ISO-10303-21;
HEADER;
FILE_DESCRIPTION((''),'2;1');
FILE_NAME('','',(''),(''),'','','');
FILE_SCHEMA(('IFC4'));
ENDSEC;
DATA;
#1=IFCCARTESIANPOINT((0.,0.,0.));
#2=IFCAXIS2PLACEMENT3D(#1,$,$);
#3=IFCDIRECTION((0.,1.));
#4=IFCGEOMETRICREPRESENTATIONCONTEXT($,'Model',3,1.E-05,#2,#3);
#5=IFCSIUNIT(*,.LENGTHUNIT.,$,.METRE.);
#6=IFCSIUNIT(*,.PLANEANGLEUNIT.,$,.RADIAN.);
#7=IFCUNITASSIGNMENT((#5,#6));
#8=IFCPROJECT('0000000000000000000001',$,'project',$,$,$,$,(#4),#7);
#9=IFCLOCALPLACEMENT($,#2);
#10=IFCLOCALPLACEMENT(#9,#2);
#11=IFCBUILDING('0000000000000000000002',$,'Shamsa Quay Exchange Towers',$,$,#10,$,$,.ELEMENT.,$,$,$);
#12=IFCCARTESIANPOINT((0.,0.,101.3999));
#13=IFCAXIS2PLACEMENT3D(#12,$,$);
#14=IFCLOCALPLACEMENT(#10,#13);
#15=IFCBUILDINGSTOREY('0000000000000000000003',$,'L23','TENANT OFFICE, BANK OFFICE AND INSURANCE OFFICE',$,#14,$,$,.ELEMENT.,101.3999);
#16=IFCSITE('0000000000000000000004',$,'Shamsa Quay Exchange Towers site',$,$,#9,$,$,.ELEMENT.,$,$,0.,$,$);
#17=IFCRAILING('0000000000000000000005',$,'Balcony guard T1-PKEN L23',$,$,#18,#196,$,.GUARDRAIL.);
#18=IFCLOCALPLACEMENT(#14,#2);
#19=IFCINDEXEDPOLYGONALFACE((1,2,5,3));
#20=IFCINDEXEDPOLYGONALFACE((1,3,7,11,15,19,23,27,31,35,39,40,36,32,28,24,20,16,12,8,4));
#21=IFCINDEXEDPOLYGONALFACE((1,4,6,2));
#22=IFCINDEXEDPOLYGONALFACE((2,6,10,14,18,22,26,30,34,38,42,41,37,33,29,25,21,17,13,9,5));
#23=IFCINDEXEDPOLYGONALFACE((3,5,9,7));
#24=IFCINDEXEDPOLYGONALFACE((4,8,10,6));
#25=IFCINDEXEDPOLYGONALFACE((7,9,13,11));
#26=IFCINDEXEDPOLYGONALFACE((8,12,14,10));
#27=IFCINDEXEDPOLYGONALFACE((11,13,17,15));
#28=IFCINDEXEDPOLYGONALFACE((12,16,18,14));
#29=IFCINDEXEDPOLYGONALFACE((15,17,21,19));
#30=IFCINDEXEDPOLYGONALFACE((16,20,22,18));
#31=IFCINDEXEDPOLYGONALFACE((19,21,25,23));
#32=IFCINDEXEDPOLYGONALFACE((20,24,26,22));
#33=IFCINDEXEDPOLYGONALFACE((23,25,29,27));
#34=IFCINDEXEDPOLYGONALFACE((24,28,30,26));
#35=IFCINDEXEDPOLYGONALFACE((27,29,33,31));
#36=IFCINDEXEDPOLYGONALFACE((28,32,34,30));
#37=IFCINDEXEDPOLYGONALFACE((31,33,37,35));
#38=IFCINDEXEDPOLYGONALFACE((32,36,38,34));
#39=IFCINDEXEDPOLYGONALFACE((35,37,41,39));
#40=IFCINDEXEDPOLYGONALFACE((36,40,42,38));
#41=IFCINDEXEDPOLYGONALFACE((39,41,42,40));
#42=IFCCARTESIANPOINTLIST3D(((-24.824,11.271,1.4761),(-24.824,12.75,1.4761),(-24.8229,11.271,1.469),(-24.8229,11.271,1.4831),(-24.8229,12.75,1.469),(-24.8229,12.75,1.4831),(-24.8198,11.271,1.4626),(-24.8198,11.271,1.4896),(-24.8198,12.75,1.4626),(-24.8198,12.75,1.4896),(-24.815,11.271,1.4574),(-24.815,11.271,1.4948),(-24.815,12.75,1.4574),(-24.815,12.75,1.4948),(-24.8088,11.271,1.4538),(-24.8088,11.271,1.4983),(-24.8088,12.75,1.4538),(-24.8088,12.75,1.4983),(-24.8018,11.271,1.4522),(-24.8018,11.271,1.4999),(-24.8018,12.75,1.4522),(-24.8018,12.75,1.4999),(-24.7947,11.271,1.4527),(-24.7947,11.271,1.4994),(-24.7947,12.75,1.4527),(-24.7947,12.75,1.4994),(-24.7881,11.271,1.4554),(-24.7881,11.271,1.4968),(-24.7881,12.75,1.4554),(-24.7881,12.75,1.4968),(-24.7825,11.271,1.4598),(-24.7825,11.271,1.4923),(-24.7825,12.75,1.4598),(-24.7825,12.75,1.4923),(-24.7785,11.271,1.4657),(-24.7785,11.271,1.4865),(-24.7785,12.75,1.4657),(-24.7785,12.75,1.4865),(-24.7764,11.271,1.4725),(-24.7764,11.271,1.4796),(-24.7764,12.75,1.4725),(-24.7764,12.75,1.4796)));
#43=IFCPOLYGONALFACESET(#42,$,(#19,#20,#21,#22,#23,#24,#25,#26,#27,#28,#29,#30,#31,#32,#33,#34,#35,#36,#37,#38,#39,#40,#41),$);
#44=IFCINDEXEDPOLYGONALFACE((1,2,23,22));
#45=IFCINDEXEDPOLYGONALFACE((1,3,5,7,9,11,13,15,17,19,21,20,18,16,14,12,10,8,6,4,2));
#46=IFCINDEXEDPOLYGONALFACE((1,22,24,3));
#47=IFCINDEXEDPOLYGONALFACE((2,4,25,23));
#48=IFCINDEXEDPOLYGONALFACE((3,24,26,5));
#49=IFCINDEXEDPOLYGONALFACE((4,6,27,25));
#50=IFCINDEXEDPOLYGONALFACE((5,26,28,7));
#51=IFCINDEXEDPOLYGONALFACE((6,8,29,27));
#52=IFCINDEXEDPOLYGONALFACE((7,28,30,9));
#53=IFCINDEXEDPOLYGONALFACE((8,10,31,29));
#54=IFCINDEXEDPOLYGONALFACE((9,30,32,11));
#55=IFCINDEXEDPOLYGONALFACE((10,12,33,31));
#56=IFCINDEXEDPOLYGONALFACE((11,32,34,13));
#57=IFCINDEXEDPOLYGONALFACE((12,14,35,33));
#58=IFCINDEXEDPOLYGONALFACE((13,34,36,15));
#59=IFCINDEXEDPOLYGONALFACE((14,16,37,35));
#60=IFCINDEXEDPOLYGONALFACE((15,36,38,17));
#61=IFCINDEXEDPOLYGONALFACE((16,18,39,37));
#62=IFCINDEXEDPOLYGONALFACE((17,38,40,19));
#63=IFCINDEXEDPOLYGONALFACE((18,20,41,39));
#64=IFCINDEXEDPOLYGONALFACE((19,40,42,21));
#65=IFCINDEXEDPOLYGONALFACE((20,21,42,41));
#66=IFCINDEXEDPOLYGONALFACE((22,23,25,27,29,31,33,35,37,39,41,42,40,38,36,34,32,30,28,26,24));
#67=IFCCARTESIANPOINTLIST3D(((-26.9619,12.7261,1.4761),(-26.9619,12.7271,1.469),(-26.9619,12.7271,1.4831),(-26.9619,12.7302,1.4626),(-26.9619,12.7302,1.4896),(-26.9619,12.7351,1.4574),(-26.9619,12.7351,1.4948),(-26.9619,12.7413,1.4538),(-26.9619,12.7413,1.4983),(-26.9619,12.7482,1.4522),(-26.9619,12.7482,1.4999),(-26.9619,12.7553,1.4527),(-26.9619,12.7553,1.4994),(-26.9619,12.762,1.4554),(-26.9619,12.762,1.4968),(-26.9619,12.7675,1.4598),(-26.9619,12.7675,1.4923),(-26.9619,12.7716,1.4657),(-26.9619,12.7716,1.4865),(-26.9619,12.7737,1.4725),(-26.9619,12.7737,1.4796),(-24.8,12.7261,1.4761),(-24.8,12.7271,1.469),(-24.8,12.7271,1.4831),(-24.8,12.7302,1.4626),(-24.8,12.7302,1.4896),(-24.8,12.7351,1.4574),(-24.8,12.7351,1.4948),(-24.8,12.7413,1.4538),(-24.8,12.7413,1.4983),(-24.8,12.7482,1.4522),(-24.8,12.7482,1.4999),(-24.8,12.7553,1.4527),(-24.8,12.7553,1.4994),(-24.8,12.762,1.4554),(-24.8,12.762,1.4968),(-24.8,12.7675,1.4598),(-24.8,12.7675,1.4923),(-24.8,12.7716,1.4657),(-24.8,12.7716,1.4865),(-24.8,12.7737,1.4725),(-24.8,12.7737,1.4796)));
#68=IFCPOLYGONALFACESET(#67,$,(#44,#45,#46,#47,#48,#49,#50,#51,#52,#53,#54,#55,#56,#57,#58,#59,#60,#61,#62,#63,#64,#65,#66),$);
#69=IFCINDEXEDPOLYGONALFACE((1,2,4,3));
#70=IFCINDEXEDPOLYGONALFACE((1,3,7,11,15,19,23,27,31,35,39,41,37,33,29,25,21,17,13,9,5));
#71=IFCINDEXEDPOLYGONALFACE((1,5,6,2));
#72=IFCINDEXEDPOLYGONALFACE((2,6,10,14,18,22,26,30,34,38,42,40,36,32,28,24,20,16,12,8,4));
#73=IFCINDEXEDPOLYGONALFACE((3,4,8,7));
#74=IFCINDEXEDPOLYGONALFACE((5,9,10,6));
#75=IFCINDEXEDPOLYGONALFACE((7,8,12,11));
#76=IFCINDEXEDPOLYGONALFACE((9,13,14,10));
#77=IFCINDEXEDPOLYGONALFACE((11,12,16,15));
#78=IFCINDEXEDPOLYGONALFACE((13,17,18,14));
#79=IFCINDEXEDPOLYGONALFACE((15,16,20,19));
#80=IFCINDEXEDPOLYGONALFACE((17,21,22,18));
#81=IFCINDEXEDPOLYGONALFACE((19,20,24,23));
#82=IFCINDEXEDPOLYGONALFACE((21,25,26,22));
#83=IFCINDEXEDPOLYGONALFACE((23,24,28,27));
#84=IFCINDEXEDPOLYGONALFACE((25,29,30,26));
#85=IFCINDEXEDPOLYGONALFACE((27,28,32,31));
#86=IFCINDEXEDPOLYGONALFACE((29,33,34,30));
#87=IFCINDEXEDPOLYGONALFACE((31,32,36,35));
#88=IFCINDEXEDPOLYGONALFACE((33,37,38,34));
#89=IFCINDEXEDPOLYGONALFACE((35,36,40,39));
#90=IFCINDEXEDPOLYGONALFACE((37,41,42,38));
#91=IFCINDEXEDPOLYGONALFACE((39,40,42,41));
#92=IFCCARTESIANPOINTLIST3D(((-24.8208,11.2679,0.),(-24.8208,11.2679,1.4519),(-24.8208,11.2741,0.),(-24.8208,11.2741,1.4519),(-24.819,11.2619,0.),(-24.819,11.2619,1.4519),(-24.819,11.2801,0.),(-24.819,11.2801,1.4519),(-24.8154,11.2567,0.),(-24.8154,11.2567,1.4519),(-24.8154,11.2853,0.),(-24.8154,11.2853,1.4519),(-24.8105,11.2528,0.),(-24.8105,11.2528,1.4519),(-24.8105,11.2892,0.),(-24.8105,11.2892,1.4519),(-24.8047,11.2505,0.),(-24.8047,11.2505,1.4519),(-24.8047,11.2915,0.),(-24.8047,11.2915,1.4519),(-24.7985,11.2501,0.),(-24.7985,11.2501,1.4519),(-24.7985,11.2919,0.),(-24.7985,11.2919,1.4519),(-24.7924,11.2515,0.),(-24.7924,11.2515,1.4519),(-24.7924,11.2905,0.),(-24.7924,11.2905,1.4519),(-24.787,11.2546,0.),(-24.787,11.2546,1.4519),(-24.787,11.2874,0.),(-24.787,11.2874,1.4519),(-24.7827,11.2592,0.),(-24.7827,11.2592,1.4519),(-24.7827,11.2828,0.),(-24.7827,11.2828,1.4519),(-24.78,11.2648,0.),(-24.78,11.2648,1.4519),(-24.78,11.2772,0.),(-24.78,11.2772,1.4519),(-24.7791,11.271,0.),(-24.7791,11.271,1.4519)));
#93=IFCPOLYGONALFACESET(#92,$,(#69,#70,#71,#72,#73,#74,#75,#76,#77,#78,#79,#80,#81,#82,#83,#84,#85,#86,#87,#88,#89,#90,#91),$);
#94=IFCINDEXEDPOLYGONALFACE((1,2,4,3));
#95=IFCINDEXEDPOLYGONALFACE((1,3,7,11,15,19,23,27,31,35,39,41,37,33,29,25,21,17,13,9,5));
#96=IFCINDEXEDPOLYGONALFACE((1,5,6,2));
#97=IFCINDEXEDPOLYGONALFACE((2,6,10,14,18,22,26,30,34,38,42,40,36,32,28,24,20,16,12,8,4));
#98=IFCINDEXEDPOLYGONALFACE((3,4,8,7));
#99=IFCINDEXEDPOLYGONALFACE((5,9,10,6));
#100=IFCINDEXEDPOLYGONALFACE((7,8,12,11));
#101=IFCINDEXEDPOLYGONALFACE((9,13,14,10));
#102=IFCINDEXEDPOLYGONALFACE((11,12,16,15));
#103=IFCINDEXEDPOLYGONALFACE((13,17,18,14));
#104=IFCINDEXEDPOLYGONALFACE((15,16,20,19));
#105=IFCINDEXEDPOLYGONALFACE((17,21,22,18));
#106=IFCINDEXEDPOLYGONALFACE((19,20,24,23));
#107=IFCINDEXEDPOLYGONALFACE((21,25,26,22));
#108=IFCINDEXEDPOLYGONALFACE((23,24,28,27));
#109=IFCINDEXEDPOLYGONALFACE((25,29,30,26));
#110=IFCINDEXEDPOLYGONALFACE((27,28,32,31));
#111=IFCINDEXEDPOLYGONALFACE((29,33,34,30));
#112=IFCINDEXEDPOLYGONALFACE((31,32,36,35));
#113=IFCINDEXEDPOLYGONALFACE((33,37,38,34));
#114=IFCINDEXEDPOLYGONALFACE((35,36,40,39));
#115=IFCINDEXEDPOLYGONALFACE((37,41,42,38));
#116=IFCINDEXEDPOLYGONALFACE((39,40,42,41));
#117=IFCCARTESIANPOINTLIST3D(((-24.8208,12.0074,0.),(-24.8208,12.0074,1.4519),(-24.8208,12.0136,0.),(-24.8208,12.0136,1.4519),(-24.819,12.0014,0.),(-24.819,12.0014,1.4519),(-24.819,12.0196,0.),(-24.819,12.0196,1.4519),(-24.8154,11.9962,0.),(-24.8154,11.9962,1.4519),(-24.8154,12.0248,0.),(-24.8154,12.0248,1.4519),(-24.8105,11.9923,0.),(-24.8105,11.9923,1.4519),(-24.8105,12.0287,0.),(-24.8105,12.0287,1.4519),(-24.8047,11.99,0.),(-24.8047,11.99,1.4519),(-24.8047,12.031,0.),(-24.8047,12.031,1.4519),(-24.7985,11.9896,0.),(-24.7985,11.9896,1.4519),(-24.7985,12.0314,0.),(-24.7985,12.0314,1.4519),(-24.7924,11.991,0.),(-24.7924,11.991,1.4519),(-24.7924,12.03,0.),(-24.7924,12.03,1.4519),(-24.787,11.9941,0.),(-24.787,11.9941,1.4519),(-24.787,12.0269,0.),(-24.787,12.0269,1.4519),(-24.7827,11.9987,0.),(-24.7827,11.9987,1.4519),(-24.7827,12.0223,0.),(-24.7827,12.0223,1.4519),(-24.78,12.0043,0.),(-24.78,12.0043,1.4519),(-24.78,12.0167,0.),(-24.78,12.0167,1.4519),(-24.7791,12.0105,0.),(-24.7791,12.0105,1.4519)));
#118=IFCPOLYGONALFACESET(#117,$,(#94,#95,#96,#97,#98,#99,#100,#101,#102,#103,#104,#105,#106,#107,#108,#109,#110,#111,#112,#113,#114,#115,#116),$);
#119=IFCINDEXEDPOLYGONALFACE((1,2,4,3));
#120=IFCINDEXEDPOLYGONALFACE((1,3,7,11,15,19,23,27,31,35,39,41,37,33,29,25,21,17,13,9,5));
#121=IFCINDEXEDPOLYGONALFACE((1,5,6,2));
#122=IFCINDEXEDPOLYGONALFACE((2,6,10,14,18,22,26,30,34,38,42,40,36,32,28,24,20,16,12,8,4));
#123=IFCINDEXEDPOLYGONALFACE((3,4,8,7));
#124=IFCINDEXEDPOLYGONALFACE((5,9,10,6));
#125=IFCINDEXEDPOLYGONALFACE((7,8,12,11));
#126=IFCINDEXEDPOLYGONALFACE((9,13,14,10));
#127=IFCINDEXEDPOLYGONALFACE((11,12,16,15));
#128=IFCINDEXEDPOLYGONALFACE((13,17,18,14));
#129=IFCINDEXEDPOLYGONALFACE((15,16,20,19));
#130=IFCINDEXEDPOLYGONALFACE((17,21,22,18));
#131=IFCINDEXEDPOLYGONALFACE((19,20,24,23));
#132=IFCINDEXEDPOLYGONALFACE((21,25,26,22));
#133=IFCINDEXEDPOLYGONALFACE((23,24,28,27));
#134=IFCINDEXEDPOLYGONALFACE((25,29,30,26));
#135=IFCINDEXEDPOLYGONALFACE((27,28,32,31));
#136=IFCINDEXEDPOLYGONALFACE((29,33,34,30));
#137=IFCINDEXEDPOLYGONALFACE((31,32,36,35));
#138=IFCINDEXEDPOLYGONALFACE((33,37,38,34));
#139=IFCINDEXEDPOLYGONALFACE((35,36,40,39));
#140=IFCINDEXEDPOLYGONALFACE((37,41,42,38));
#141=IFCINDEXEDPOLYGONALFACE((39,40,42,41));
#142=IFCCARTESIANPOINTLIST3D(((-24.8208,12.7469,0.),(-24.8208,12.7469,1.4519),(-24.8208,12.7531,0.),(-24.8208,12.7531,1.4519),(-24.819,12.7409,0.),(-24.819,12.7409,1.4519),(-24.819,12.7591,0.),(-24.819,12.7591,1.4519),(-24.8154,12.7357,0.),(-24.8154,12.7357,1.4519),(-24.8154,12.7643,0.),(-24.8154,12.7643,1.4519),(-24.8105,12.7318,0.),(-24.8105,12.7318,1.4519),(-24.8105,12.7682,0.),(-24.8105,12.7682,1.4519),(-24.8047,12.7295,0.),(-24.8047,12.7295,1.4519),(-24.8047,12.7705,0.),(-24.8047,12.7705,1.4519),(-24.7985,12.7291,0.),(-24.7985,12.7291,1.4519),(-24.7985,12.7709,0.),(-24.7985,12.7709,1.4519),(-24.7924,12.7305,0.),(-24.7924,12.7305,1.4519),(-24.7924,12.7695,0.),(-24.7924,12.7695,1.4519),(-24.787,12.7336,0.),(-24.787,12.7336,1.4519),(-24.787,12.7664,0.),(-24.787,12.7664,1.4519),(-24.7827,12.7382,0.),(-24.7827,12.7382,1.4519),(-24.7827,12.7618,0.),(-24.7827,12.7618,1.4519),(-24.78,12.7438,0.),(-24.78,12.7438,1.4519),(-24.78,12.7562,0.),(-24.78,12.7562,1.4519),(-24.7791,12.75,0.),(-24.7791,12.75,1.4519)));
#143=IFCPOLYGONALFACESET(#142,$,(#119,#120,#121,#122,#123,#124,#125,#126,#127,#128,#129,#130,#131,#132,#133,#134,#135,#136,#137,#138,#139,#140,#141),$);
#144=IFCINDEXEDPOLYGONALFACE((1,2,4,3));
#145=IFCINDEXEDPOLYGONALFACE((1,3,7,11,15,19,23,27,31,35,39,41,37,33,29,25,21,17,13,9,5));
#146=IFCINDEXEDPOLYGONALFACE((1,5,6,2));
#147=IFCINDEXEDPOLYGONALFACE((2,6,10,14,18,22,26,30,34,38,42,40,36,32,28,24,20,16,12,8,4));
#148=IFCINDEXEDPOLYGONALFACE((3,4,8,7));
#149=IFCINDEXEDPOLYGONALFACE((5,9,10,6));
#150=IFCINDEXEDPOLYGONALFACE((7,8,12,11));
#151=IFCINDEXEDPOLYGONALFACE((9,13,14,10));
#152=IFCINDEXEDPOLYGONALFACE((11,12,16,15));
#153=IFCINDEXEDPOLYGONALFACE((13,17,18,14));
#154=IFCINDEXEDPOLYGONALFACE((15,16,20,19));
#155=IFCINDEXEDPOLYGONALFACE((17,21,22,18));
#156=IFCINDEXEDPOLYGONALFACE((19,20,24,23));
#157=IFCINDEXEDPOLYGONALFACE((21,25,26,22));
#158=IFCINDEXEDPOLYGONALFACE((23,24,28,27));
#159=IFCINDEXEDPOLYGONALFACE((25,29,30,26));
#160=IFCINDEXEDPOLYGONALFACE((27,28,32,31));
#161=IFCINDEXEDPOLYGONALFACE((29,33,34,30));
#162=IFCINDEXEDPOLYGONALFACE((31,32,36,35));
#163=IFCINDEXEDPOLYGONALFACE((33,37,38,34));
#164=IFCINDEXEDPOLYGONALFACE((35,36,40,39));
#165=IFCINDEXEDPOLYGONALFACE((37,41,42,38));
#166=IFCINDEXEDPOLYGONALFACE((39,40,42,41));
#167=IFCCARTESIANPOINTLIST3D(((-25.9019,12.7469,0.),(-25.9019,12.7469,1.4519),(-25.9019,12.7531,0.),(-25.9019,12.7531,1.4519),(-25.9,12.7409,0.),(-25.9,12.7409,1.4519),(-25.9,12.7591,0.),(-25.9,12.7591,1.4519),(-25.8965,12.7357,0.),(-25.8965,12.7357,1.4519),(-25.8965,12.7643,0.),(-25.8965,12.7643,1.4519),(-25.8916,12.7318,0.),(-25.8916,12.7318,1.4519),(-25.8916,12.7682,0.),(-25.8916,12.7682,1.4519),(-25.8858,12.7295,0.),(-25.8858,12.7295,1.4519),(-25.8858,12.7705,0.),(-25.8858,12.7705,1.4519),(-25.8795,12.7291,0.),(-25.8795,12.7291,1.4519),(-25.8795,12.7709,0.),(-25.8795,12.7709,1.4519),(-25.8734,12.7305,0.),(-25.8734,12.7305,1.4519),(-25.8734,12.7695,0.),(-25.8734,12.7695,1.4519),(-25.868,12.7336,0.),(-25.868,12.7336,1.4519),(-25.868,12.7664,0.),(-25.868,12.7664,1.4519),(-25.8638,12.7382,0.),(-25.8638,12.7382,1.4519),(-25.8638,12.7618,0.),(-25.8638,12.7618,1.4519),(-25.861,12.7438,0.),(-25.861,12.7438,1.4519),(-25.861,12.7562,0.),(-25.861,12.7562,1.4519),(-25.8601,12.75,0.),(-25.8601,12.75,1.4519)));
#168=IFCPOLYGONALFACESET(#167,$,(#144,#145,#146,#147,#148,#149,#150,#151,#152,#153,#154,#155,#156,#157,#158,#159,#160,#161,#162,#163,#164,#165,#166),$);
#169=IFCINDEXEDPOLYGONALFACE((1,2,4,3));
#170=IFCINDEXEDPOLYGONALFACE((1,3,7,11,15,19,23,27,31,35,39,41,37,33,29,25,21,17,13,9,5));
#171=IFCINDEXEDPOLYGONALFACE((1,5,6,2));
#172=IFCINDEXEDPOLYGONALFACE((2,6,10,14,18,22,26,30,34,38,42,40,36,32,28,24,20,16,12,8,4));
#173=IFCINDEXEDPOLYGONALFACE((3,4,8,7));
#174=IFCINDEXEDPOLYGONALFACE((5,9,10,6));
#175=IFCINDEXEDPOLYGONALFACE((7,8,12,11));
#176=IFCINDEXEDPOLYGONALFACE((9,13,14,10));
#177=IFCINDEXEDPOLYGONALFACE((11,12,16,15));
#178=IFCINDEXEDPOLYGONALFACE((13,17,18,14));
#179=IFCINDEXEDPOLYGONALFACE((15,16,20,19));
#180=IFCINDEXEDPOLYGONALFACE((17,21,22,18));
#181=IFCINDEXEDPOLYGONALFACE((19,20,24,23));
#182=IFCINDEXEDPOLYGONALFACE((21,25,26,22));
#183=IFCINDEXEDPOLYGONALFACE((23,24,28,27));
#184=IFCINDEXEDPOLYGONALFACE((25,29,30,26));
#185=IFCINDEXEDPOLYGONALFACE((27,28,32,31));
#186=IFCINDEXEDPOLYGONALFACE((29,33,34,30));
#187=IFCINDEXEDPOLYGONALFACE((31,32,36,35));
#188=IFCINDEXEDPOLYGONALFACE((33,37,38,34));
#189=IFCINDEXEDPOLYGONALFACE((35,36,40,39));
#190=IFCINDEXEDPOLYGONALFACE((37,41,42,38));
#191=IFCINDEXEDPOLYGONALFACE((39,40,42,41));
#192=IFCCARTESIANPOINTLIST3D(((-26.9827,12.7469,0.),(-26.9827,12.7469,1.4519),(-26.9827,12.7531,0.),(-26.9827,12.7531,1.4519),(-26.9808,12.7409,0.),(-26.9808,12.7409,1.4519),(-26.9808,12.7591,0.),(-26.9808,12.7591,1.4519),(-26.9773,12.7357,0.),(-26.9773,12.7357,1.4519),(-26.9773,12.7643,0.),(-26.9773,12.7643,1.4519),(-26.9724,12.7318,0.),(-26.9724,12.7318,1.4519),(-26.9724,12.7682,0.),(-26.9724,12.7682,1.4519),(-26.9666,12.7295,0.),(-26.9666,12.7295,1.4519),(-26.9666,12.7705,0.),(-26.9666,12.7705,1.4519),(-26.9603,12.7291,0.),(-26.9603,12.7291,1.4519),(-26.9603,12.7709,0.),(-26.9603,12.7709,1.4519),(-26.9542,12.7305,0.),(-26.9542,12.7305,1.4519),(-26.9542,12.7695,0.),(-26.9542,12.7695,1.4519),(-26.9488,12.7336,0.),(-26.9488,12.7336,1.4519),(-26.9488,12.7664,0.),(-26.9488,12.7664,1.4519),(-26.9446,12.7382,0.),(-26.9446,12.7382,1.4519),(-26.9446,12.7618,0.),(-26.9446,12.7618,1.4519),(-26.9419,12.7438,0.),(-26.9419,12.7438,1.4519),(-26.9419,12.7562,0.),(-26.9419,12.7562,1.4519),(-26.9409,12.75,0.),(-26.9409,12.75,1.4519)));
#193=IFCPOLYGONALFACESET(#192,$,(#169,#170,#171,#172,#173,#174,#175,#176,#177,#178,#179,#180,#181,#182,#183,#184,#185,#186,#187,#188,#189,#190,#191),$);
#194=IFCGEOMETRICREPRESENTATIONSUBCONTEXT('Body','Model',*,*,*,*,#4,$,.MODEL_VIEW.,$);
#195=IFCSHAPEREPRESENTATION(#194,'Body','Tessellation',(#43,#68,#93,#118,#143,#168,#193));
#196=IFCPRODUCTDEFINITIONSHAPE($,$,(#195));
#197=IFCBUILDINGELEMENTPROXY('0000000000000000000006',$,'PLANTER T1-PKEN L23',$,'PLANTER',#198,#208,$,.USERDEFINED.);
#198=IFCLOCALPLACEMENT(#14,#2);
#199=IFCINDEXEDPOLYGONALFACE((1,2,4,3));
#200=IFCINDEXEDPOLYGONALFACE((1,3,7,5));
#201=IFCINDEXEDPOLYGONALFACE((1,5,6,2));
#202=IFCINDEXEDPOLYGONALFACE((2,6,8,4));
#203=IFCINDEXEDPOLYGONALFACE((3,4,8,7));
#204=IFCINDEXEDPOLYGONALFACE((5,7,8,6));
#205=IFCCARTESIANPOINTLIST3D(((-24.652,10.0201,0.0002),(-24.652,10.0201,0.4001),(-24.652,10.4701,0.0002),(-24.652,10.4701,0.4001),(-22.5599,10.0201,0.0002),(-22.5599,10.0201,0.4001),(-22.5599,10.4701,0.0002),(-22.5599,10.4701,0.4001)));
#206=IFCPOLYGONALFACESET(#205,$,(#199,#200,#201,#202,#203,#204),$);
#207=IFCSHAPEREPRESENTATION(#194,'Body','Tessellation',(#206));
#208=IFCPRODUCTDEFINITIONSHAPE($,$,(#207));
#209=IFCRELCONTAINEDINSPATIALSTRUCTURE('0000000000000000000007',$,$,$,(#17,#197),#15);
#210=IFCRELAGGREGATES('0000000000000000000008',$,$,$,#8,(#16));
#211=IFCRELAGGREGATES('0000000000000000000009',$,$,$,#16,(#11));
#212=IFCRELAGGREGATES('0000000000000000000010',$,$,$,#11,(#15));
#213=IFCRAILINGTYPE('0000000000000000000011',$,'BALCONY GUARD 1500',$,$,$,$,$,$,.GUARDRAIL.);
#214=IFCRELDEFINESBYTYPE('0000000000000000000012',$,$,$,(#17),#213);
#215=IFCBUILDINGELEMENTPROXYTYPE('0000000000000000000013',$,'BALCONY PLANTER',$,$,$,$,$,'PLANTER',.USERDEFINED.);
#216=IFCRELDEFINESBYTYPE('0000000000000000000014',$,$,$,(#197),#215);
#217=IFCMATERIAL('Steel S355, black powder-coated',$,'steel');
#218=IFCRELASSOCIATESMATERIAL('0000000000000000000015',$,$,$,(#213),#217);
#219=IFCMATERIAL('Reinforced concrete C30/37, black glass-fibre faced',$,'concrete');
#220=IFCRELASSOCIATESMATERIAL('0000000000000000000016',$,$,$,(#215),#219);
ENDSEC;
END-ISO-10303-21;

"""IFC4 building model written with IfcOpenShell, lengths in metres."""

from ifc_helpers import new_model, si_unit, direction, frame, origin, origin_2d, place, context, subcontext, project, spatial, rectangle, circle, extrude, material, type_object, element, save


model = new_model("IFC4")

# Units and contexts
model_context = context("Model", 3, precision=1e-05, world=origin(), true_north=direction((0.0, 1.0)))
body_context = subcontext(model_context, "Body", "Model", "MODEL_VIEW")
ifc_project = project(units=[si_unit("LENGTHUNIT", "METRE"), si_unit("PLANEANGLEUNIT", "RADIAN")], contexts=[model_context])

# Site, building, storey
site_placement = place(None, origin())
site = spatial("IfcSite", under=ifc_project, at=site_placement, Name="Shamsa Quay Exchange Towers site", CompositionType="ELEMENT", RefElevation=0.0)
building_placement = place(site_placement, origin())
building = spatial("IfcBuilding", under=site, at=building_placement, Name="Shamsa Quay Exchange Towers", CompositionType="ELEMENT")
storey_placement = place(building_placement, frame((0.0, 0.0, 101.3999)))
storey = spatial("IfcBuildingStorey", under=building, at=storey_placement, Name="L23", Description="TENANT OFFICE, BANK OFFICE AND INSURANCE OFFICE", CompositionType="ELEMENT", Elevation=101.3999)

# Railing
ifc_material_1 = material(Name="Steel S355, black powder-coated", Category="steel")
railing_type = type_object("IfcRailingType", Name="BALCONY GUARD 1500", PredefinedType="GUARDRAIL", material=ifc_material_1)
for number, where, name in (
    (1, (-24.8, 11.271, 0.0), "Balcony guard T1-PKEN L23"),
):
    element("IfcRailing", number, at=place(storey_placement, frame(where)), inside=storey, type_object=railing_type, Name=name, PredefinedType="GUARDRAIL", context=body_context, shape_type="SweptSolid", body=[
        extrude(circle(Radius=0.0239, at=origin_2d()), frame((0.0, 0.0, 1.4761), z_axis=(0.0, 1.0, 0.0), x_axis=(-1.0, 0.0, 0.0)), (0.0, 0.0, 1.0), 1.479),
        extrude(circle(Radius=0.0239, at=origin_2d()), frame((0.0, 1.479, 1.4761), z_axis=(-1.0, 0.0, 0.0), x_axis=(0.0, -1.0, 0.0)), (0.0, 0.0, 1.0), 2.1619),
        extrude(circle(Radius=0.021, at=origin_2d()), origin(), (0.0, 0.0, 1.0), 1.4519),
        extrude(circle(Radius=0.021, at=origin_2d()), frame((0.0, 0.7395, 0.0)), (0.0, 0.0, 1.0), 1.4519),
        extrude(circle(Radius=0.021, at=origin_2d()), frame((0.0, 1.479, 0.0)), (0.0, 0.0, 1.0), 1.4519),
        extrude(circle(Radius=0.021, at=origin_2d()), frame((-1.0811, 1.479, 0.0)), (0.0, 0.0, 1.0), 1.4519),
        extrude(circle(Radius=0.021, at=origin_2d()), frame((-2.1619, 1.479, 0.0)), (0.0, 0.0, 1.0), 1.4519),
    ])

# Building element proxy
ifc_material_2 = material(Name="Reinforced concrete C30/37, black glass-fibre faced", Category="concrete")
building_element_proxy_type = type_object("IfcBuildingElementProxyType", Name="BALCONY PLANTER", ElementType="PLANTER", PredefinedType="USERDEFINED", material=ifc_material_2)
for number, where, z_axis, x_axis, name in (
    (2, (-23.606, 10.2451, 0.0002), (0.0, 0.0, 1.0), (-1.0, 0.0, 0.0), "PLANTER T1-PKEN L23"),
):
    element("IfcBuildingElementProxy", number, at=place(storey_placement, frame(where, z_axis=z_axis, x_axis=x_axis)), inside=storey, type_object=building_element_proxy_type, Name=name, ObjectType="PLANTER", PredefinedType="USERDEFINED", context=body_context, shape_type="SweptSolid", body=[
        extrude(rectangle(XDim=2.092, YDim=0.45, at=origin_2d()), origin(), (0.0, 0.0, 1.0), 0.3999),
    ])

save(model, "model.ifc")
